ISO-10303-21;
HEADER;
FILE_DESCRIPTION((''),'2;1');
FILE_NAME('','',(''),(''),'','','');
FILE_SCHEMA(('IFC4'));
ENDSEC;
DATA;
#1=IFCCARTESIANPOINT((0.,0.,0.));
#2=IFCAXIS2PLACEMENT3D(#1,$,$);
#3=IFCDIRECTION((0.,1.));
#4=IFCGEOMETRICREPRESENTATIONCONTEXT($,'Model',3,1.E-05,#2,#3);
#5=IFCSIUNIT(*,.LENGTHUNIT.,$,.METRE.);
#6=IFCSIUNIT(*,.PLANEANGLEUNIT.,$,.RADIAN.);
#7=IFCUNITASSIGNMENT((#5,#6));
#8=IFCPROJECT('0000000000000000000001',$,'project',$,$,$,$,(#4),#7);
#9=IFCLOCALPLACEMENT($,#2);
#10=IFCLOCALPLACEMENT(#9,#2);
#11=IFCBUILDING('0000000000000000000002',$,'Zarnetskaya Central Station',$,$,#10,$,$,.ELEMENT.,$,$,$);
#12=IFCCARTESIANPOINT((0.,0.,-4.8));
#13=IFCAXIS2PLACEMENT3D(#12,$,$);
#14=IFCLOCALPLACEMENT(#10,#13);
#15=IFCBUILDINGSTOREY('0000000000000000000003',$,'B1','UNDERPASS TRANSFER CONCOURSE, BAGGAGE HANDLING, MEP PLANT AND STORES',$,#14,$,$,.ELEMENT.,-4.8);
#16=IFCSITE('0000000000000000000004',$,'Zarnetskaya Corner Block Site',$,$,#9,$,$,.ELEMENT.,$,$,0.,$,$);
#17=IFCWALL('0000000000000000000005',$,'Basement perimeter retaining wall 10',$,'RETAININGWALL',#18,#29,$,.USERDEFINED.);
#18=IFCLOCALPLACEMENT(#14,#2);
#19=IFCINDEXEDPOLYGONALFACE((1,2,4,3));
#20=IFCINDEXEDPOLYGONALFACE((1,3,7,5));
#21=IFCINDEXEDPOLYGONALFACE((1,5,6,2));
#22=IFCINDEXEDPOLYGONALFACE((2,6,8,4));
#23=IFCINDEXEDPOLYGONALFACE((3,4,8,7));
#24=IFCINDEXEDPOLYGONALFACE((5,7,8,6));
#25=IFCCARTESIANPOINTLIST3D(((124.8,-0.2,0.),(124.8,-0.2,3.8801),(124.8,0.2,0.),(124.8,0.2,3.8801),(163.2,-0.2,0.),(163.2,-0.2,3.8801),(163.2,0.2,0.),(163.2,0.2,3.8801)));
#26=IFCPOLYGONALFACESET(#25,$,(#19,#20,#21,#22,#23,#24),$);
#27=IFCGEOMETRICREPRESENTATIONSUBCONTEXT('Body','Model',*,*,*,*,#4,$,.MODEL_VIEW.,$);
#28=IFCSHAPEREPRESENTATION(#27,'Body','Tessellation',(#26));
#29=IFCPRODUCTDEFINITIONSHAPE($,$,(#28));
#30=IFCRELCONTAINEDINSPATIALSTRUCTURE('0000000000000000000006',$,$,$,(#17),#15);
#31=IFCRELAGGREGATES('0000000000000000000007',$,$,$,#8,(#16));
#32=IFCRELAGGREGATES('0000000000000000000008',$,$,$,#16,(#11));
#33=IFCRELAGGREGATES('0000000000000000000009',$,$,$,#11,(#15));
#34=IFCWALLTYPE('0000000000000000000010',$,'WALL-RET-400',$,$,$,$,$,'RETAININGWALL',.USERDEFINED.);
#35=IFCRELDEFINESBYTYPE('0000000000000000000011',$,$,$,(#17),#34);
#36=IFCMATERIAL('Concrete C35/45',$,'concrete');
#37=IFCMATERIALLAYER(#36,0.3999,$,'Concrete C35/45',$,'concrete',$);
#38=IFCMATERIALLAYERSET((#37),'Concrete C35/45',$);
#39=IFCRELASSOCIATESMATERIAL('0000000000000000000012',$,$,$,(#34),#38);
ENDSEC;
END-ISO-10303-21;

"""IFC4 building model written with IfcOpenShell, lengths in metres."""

from ifc_helpers import new_model, si_unit, direction, frame, frame_2d, origin, place, context, subcontext, project, spatial, rectangle, extrude, material, layer, layer_set, type_object, element, save


model = new_model("IFC4")

# Units and contexts
model_context = context("Model", 3, precision=1e-05, world=origin(), true_north=direction((0.0, 1.0)))
body_context = subcontext(model_context, "Body", "Model", "MODEL_VIEW")
ifc_project = project(units=[si_unit("LENGTHUNIT", "METRE"), si_unit("PLANEANGLEUNIT", "RADIAN")], contexts=[model_context])

# Site, building, storey
site_placement = place(None, origin())
site = spatial("IfcSite", under=ifc_project, at=site_placement, Name="Zarnetskaya Corner Block Site", CompositionType="ELEMENT", RefElevation=0.0)
building_placement = place(site_placement, origin())
building = spatial("IfcBuilding", under=site, at=building_placement, Name="Zarnetskaya Central Station", CompositionType="ELEMENT")
storey_placement = place(building_placement, frame((0.0, 0.0, -4.8)))
storey = spatial("IfcBuildingStorey", under=building, at=storey_placement, Name="B1", Description="UNDERPASS TRANSFER CONCOURSE, BAGGAGE HANDLING, MEP PLANT AND STORES", CompositionType="ELEMENT", Elevation=-4.8)

# Shared definitions
ifc_material = material(Name="Concrete C35/45", Category="concrete")

# Wall
ifc_layer = layer(ifc_material, 0.3999, Name="Concrete C35/45", Category="concrete")
ifc_layer_set = layer_set([ifc_layer], Name="Concrete C35/45")
wall_type = type_object("IfcWallType", Name="WALL-RET-400", ElementType="RETAININGWALL", PredefinedType="USERDEFINED", material=ifc_layer_set)
wall_placement = place(storey_placement, frame((163.2, 0.0, 0.0), z_axis=(0.0, 0.0, 1.0), x_axis=(-1.0, 0.0, 0.0)))
element("IfcWall", 1, at=wall_placement, inside=storey, type_object=wall_type, Name="Basement perimeter retaining wall 10", ObjectType="RETAININGWALL", PredefinedType="USERDEFINED", context=body_context, shape_type="SweptSolid", body=[
    extrude(rectangle(XDim=38.3999, YDim=0.3999, at=frame_2d((19.2, 0.0))), origin(), (0.0, 0.0, 1.0), 3.8801),
])

save(model, "model.ifc")
